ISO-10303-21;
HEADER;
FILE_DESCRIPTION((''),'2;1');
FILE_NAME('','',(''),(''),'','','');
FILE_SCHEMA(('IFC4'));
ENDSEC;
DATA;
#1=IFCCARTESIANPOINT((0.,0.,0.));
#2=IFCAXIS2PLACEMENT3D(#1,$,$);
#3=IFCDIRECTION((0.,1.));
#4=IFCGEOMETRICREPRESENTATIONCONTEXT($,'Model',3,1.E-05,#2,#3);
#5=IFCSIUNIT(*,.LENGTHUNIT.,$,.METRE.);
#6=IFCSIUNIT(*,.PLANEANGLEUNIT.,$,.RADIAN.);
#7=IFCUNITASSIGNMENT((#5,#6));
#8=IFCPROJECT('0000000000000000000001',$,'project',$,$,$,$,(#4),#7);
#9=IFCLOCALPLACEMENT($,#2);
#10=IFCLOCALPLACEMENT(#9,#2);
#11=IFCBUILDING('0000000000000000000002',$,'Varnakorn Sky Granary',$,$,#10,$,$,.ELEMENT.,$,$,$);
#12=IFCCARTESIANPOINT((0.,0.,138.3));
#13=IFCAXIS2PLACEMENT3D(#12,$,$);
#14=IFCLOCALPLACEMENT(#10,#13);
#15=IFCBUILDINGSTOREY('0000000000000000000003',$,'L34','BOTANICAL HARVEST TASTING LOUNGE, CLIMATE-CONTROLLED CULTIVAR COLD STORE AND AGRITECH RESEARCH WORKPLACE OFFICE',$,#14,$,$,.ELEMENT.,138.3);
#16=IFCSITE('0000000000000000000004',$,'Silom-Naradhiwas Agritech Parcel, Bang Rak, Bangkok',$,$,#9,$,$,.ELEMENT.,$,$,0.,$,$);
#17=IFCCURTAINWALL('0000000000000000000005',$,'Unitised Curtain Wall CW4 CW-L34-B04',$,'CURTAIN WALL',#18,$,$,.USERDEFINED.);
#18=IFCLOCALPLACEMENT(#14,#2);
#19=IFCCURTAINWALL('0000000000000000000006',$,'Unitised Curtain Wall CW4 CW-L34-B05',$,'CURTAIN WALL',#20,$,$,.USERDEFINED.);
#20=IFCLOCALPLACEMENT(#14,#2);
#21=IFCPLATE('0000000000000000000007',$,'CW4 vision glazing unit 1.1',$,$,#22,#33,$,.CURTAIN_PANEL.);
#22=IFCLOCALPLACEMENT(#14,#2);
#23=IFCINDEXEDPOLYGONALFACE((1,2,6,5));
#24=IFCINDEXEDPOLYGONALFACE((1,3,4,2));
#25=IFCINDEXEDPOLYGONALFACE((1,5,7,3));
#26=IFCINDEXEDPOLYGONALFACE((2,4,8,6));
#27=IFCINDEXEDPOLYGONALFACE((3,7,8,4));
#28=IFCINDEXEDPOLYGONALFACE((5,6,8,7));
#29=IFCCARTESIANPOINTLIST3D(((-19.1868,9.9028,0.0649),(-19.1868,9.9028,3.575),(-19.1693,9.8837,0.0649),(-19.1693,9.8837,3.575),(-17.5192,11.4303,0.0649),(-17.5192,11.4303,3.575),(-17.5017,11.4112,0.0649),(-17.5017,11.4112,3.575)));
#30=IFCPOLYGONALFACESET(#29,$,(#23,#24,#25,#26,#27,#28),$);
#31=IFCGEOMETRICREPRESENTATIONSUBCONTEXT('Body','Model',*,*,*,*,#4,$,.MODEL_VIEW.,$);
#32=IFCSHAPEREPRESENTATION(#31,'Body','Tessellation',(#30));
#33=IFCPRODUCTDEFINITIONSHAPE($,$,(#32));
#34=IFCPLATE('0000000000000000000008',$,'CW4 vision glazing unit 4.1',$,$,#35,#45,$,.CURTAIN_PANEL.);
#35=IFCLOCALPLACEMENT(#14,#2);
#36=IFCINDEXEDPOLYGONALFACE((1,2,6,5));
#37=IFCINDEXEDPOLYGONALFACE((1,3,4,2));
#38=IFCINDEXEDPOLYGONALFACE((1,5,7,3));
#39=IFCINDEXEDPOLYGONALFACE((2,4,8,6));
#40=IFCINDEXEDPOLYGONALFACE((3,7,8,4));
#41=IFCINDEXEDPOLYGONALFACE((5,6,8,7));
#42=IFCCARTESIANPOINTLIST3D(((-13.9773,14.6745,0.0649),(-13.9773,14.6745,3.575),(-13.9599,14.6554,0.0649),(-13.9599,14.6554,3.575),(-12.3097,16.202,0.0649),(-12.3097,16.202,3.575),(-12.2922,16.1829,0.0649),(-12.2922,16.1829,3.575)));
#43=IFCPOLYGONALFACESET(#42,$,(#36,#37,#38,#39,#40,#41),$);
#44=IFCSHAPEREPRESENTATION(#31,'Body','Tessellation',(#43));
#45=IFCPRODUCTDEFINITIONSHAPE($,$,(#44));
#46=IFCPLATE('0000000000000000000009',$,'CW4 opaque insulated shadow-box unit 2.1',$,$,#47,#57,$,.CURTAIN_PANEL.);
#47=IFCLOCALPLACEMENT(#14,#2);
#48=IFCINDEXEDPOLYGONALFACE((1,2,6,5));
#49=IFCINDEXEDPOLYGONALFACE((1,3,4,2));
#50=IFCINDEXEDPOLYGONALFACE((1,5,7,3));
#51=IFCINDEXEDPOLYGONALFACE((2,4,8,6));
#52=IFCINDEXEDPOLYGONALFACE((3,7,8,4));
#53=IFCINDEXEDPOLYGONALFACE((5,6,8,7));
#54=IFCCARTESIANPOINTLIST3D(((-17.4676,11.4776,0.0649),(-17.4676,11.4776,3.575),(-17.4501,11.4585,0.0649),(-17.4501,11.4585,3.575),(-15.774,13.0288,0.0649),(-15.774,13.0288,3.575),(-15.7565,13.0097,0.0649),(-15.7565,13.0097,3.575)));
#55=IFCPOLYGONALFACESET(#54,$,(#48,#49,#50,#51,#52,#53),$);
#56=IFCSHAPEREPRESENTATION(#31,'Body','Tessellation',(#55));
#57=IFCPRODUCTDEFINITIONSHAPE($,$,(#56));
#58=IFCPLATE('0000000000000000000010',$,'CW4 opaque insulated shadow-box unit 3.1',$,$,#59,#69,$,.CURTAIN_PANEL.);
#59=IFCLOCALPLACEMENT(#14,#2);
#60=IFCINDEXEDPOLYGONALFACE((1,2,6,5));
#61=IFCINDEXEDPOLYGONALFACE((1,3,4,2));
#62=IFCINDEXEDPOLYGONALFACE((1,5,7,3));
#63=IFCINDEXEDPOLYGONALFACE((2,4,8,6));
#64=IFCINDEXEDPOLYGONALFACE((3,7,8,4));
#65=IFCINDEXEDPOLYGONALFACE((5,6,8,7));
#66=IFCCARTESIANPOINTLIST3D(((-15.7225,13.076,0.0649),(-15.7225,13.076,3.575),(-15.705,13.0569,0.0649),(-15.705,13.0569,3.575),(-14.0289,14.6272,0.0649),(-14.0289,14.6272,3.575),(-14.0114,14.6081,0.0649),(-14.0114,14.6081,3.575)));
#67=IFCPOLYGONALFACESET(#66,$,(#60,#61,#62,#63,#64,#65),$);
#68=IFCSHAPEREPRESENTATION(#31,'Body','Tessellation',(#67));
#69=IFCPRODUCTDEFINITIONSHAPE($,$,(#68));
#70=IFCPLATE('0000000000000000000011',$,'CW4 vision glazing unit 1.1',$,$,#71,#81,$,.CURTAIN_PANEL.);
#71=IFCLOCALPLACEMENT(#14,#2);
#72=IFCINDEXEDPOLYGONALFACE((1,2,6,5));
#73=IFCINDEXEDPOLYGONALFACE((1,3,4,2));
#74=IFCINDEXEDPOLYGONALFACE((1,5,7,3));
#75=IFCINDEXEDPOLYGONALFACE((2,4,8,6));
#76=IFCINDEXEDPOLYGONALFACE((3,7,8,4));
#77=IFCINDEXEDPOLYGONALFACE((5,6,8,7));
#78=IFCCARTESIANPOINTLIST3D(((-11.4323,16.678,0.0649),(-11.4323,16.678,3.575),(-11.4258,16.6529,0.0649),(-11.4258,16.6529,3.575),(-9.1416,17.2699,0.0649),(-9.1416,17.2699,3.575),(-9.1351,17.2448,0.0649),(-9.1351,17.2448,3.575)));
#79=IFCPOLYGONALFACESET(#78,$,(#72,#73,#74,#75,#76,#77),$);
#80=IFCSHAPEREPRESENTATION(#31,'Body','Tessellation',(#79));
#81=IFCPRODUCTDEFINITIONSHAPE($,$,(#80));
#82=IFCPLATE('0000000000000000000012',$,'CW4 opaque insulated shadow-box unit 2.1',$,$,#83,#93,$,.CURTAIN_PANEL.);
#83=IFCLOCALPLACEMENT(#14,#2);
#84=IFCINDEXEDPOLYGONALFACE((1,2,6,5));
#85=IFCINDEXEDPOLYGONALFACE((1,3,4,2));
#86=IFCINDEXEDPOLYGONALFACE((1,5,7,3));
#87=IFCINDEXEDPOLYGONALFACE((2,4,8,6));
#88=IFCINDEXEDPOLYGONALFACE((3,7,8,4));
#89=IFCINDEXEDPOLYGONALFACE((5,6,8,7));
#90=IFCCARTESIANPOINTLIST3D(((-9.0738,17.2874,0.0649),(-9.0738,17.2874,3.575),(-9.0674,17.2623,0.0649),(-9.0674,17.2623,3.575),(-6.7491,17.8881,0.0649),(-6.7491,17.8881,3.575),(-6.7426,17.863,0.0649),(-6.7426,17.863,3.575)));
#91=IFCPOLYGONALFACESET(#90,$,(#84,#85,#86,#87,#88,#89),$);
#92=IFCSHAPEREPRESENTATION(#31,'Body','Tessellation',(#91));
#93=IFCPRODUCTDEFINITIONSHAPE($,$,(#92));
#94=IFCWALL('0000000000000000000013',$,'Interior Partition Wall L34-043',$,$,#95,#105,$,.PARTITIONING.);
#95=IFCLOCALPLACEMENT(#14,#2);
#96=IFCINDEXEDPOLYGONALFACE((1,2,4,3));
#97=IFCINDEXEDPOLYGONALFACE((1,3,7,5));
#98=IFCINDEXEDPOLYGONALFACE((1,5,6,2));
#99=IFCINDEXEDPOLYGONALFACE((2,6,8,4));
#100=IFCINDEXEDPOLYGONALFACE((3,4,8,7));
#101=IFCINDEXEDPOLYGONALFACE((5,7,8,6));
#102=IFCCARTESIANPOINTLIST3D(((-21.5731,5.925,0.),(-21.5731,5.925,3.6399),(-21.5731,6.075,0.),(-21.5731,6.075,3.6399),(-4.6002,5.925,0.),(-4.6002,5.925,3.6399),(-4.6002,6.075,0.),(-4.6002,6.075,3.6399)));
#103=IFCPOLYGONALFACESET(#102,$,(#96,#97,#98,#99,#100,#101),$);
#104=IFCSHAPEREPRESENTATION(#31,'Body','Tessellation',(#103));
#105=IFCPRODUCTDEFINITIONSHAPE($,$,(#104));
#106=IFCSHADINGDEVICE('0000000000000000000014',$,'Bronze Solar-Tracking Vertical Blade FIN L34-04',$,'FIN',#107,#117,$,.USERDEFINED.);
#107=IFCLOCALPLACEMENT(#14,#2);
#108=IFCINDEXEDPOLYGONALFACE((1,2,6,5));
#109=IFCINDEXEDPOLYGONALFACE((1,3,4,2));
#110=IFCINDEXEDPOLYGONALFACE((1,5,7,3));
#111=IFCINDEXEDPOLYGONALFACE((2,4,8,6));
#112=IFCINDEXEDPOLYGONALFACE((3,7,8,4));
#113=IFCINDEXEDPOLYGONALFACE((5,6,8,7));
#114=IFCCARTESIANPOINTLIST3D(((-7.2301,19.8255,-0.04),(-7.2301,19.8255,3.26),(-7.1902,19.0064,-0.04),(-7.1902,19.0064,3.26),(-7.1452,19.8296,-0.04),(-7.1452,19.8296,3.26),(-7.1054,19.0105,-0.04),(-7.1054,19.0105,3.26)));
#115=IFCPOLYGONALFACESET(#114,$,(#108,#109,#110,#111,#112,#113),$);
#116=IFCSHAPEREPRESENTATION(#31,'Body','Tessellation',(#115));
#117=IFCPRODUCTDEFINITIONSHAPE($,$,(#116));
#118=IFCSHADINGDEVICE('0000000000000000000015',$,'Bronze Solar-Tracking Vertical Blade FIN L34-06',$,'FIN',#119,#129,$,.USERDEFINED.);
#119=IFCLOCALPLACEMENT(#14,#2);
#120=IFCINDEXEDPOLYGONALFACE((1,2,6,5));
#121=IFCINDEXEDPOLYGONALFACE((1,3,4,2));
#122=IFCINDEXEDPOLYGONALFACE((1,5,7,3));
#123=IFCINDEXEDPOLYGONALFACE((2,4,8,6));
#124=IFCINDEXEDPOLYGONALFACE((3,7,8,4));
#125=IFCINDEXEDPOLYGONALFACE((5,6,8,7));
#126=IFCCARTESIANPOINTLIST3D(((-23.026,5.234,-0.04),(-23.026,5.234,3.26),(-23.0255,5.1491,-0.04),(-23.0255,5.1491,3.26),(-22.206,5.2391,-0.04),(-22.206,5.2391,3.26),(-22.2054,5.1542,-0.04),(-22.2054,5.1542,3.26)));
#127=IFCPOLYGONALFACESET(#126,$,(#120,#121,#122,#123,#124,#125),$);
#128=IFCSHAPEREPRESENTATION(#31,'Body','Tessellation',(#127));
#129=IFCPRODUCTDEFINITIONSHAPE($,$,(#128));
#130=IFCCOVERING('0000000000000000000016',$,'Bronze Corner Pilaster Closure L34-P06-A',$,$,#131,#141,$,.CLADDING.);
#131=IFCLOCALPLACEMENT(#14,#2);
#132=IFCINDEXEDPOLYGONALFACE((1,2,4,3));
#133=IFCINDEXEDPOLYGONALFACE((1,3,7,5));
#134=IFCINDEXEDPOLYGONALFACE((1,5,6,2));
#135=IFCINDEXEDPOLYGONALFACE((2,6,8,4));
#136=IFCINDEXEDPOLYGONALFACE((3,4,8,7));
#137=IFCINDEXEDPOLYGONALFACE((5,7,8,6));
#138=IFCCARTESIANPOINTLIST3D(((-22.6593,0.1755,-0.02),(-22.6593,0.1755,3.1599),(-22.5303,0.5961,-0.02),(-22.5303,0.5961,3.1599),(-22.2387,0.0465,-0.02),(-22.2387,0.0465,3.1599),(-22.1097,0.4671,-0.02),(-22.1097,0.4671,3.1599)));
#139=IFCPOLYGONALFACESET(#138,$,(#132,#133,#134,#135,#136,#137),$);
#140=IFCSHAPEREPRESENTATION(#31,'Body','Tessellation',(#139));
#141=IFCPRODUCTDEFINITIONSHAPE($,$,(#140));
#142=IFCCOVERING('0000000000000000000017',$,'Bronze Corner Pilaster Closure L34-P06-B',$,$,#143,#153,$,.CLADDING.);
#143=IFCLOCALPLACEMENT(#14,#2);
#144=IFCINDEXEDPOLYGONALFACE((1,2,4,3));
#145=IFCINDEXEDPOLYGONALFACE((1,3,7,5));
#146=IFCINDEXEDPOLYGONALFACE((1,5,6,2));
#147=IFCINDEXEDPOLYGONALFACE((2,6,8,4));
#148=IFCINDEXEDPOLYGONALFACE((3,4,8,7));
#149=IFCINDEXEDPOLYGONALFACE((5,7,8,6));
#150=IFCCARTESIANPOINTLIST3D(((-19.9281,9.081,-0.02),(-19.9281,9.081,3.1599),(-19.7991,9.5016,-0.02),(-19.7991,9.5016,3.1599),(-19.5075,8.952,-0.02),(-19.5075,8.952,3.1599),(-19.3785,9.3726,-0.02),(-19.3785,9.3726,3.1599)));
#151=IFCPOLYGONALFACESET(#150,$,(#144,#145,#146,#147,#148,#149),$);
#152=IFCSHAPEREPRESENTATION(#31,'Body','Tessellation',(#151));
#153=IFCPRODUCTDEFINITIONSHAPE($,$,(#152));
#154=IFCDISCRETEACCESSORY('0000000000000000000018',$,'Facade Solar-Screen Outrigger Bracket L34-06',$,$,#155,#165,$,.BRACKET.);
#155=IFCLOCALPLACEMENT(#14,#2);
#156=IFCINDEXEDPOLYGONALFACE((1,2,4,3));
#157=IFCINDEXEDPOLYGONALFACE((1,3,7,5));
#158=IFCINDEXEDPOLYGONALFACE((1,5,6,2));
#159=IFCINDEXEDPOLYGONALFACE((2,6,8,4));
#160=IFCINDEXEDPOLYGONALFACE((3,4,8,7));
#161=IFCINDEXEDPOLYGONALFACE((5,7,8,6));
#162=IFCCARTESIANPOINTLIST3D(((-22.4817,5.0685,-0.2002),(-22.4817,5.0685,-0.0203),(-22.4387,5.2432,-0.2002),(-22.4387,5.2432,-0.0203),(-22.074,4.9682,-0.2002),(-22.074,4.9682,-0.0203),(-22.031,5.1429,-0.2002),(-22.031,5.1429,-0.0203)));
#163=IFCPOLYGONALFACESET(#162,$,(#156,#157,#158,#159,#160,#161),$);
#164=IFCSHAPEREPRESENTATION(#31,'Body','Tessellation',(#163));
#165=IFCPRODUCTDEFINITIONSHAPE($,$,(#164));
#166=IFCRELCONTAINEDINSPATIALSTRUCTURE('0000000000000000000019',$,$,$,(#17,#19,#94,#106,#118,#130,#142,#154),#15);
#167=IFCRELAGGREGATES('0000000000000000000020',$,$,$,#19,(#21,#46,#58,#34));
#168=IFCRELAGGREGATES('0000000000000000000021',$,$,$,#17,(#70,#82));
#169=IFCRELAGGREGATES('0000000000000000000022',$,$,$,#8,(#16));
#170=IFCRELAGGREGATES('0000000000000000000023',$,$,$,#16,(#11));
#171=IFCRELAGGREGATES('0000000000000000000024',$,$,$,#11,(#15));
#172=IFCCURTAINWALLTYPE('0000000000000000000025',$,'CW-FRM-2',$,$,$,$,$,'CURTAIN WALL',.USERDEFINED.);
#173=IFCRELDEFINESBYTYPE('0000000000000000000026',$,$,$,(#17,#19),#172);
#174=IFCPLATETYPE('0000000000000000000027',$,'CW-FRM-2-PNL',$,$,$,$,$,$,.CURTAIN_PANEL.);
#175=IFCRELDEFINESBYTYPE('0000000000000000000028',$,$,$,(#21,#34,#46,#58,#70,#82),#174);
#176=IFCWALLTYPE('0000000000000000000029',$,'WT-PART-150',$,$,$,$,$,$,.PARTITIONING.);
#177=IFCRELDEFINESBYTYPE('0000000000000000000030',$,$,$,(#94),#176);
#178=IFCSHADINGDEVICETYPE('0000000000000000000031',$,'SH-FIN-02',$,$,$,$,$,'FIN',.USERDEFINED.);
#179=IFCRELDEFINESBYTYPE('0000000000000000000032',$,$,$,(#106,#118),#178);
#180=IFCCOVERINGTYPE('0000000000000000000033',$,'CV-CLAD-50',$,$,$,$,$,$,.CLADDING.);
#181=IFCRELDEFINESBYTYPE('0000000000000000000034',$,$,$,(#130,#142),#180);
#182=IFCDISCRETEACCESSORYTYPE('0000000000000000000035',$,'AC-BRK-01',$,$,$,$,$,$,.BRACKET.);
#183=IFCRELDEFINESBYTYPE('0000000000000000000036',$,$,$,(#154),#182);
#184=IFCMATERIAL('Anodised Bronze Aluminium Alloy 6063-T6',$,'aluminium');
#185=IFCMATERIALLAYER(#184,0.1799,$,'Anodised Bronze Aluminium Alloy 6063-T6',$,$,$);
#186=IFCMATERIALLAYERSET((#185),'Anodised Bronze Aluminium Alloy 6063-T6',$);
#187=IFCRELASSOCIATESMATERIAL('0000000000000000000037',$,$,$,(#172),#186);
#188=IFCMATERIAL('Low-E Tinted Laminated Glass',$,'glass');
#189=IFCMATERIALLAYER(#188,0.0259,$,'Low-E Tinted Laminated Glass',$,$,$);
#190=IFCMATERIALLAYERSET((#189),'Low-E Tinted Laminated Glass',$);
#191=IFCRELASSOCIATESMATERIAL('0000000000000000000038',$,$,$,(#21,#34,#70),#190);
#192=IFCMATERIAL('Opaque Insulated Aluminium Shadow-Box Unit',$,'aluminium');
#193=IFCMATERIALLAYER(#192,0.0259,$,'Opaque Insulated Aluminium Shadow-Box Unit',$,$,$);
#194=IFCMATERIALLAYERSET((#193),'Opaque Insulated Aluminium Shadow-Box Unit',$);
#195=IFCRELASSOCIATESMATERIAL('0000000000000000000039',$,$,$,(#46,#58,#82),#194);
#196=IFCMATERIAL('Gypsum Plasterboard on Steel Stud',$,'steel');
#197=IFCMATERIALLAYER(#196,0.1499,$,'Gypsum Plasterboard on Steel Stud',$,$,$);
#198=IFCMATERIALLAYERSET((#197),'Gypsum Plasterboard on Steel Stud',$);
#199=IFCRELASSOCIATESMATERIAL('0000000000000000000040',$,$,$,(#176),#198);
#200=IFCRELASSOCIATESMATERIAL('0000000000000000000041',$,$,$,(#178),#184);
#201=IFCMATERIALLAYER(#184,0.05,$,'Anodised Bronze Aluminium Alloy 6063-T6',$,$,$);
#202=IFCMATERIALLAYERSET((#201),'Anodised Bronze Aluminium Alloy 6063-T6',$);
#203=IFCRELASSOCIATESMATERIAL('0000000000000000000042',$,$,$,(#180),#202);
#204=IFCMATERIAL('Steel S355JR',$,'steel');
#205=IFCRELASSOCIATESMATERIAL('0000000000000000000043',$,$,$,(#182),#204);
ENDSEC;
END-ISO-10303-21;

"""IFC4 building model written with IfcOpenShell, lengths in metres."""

from ifc_helpers import new_model, si_unit, direction, frame, frame_2d, origin, origin_2d, place, context, subcontext, project, spatial, rectangle, extrude, source, transform, mapped, material, layer, layer_set, type_object, type_shapes, element, aggregate, save


model = new_model("IFC4")

# Units and contexts
model_context = context("Model", 3, precision=1e-05, world=origin(), true_north=direction((0.0, 1.0)))
body_context = subcontext(model_context, "Body", "Model", "MODEL_VIEW")
ifc_project = project(units=[si_unit("LENGTHUNIT", "METRE"), si_unit("PLANEANGLEUNIT", "RADIAN")], contexts=[model_context])

# Site, building, storey
site_placement = place(None, origin())
site = spatial("IfcSite", under=ifc_project, at=site_placement, Name="Silom-Naradhiwas Agritech Parcel, Bang Rak, Bangkok", CompositionType="ELEMENT", RefElevation=0.0)
building_placement = place(site_placement, origin())
building = spatial("IfcBuilding", under=site, at=building_placement, Name="Varnakorn Sky Granary", CompositionType="ELEMENT")
storey_placement = place(building_placement, frame((0.0, 0.0, 138.3)))
storey = spatial("IfcBuildingStorey", under=building, at=storey_placement, Name="L34", Description="BOTANICAL HARVEST TASTING LOUNGE, CLIMATE-CONTROLLED CULTIVAR COLD STORE AND AGRITECH RESEARCH WORKPLACE OFFICE", CompositionType="ELEMENT", Elevation=138.3)

# Shared definitions
ifc_material_1 = material(Name="Steel S355JR", Category="steel")

# Curtain walls
ifc_material_2 = material(Name="Anodised Bronze Aluminium Alloy 6063-T6", Category="aluminium")
ifc_layer_1 = layer(ifc_material_2, 0.1799, Name="Anodised Bronze Aluminium Alloy 6063-T6")
ifc_layer_set_1 = layer_set([ifc_layer_1], Name="Anodised Bronze Aluminium Alloy 6063-T6")
curtain_wall_type = type_object("IfcCurtainWallType", Name="CW-FRM-2", ElementType="CURTAIN WALL", PredefinedType="USERDEFINED", material=ifc_layer_set_1)
curtain_wall_1_placement = place(storey_placement, origin())
curtain_wall_1 = element("IfcCurtainWall", 1, at=curtain_wall_1_placement, inside=storey, type_object=curtain_wall_type, Name="Unitised Curtain Wall CW4 CW-L34-B04", ObjectType="CURTAIN WALL", PredefinedType="USERDEFINED")
curtain_wall_2_placement = place(storey_placement, origin())
curtain_wall_2 = element("IfcCurtainWall", 2, at=curtain_wall_2_placement, inside=storey, type_object=curtain_wall_type, Name="Unitised Curtain Wall CW4 CW-L34-B05", ObjectType="CURTAIN WALL", PredefinedType="USERDEFINED")

# Plates
ifc_material_3 = material(Name="Low-E Tinted Laminated Glass", Category="glass")
ifc_layer_2 = layer(ifc_material_3, 0.0259, Name="Low-E Tinted Laminated Glass")
ifc_layer_set_2 = layer_set([ifc_layer_2], Name="Low-E Tinted Laminated Glass")
plate_type = type_object("IfcPlateType", Name="CW-FRM-2-PNL", PredefinedType="CURTAIN_PANEL")
shared_shape_1 = source(origin(), body_context, "Body", "SweptSolid", [
    extrude(rectangle(XDim=2.2615, YDim=0.0259, at=origin_2d()), origin(), (0.0, 0.0, 1.0), 3.51),
])
plate_1_placement = place(storey_placement, frame((-18.3442, 10.657, 0.0649), z_axis=(0.0, 0.0, 1.0), x_axis=(0.737417, 0.675438, 0.0)))
plate_1 = element("IfcPlate", 3, at=plate_1_placement, type_object=plate_type, material=ifc_layer_set_2, Name="CW4 vision glazing unit 1.1", PredefinedType="CURTAIN_PANEL", context=body_context, shape_type="MappedRepresentation", body=[
    mapped(shared_shape_1, transform((0.0, 0.0, 0.0), x_axis=(1.0, 0.0, 0.0), y_axis=(0.0, 1.0, 0.0), z_axis=(0.0, 0.0, 1.0), scale=1.0)),
])
plate_2_placement = place(storey_placement, frame((-13.1348, 15.4287, 0.0649), z_axis=(0.0, 0.0, 1.0), x_axis=(0.737417, 0.675438, 0.0)))
plate_2 = element("IfcPlate", 4, at=plate_2_placement, type_object=plate_type, material=ifc_layer_set_2, Name="CW4 vision glazing unit 4.1", PredefinedType="CURTAIN_PANEL", context=body_context, shape_type="MappedRepresentation", body=[
    mapped(shared_shape_1, transform((0.0, 0.0, 0.0), x_axis=(1.0, 0.0, 0.0), y_axis=(0.0, 1.0, 0.0), z_axis=(0.0, 0.0, 1.0), scale=1.0)),
])
ifc_material_4 = material(Name="Opaque Insulated Aluminium Shadow-Box Unit", Category="aluminium")
ifc_layer_3 = layer(ifc_material_4, 0.0259, Name="Opaque Insulated Aluminium Shadow-Box Unit")
ifc_layer_set_3 = layer_set([ifc_layer_3], Name="Opaque Insulated Aluminium Shadow-Box Unit")
shared_shape_2 = source(origin(), body_context, "Body", "SweptSolid", [
    extrude(rectangle(XDim=2.2966, YDim=0.0259, at=origin_2d()), origin(), (0.0, 0.0, 1.0), 3.51),
])
plate_3_placement = place(storey_placement, frame((-16.6121, 12.2437, 0.0649), z_axis=(0.0, 0.0, 1.0), x_axis=(0.737417, 0.675438, 0.0)))
plate_3 = element("IfcPlate", 5, at=plate_3_placement, type_object=plate_type, material=ifc_layer_set_3, Name="CW4 opaque insulated shadow-box unit 2.1", PredefinedType="CURTAIN_PANEL", context=body_context, shape_type="MappedRepresentation", body=[
    mapped(shared_shape_2, transform((0.0, 0.0, 0.0), x_axis=(1.0, 0.0, 0.0), y_axis=(0.0, 1.0, 0.0), z_axis=(0.0, 0.0, 1.0), scale=1.0)),
])
plate_4_placement = place(storey_placement, frame((-14.8669, 13.842, 0.0649), z_axis=(0.0, 0.0, 1.0), x_axis=(0.737417, 0.675438, 0.0)))
plate_4 = element("IfcPlate", 6, at=plate_4_placement, type_object=plate_type, material=ifc_layer_set_3, Name="CW4 opaque insulated shadow-box unit 3.1", PredefinedType="CURTAIN_PANEL", context=body_context, shape_type="MappedRepresentation", body=[
    mapped(shared_shape_2, transform((0.0, 0.0, 0.0), x_axis=(1.0, 0.0, 0.0), y_axis=(0.0, 1.0, 0.0), z_axis=(0.0, 0.0, 1.0), scale=1.0)),
])
aggregate(curtain_wall_2, [plate_1, plate_3, plate_4, plate_2])
shared_shape_3 = source(origin(), body_context, "Body", "SweptSolid", [
    extrude(rectangle(XDim=2.366, YDim=0.0259, at=origin_2d()), origin(), (0.0, 0.0, 1.0), 3.51),
])
plate_5_placement = place(storey_placement, frame((-10.2837, 16.9614, 0.0649), z_axis=(0.0, 0.0, 1.0), x_axis=(0.968201, 0.250174, 0.0)))
plate_5 = element("IfcPlate", 7, at=plate_5_placement, type_object=plate_type, material=ifc_layer_set_2, Name="CW4 vision glazing unit 1.1", PredefinedType="CURTAIN_PANEL", context=body_context, shape_type="MappedRepresentation", body=[
    mapped(shared_shape_3, transform((0.0, 0.0, 0.0), x_axis=(1.0, 0.0, 0.0), y_axis=(0.0, 1.0, 0.0), z_axis=(0.0, 0.0, 1.0), scale=1.0)),
])
shared_shape_4 = source(origin(), body_context, "Body", "SweptSolid", [
    extrude(rectangle(XDim=2.4011, YDim=0.0259, at=origin_2d()), origin(), (0.0, 0.0, 1.0), 3.51),
])
type_shapes(plate_type, [shared_shape_1, shared_shape_2, shared_shape_3, shared_shape_4])
plate_6_placement = place(storey_placement, frame((-7.9082, 17.5752, 0.0649), z_axis=(0.0, 0.0, 1.0), x_axis=(0.968201, 0.250174, 0.0)))
plate_6 = element("IfcPlate", 8, at=plate_6_placement, type_object=plate_type, material=ifc_layer_set_3, Name="CW4 opaque insulated shadow-box unit 2.1", PredefinedType="CURTAIN_PANEL", context=body_context, shape_type="MappedRepresentation", body=[
    mapped(shared_shape_4, transform((0.0, 0.0, 0.0), x_axis=(1.0, 0.0, 0.0), y_axis=(0.0, 1.0, 0.0), z_axis=(0.0, 0.0, 1.0), scale=1.0)),
])
aggregate(curtain_wall_1, [plate_5, plate_6])

# Wall
ifc_material_5 = material(Name="Gypsum Plasterboard on Steel Stud", Category="steel")
ifc_layer_4 = layer(ifc_material_5, 0.1499, Name="Gypsum Plasterboard on Steel Stud")
ifc_layer_set_4 = layer_set([ifc_layer_4], Name="Gypsum Plasterboard on Steel Stud")
wall_type = type_object("IfcWallType", Name="WT-PART-150", PredefinedType="PARTITIONING", material=ifc_layer_set_4)
wall_placement = place(storey_placement, frame((-21.573, 6.0, 0.0), z_axis=(0.0, 0.0, 1.0), x_axis=(1.0, 0.0, 0.0)))
element("IfcWall", 9, at=wall_placement, inside=storey, type_object=wall_type, Name="Interior Partition Wall L34-043", PredefinedType="PARTITIONING", context=body_context, shape_type="SweptSolid", body=[
    extrude(rectangle(XDim=16.9729, YDim=0.1499, at=frame_2d((8.4863, 0.0))), origin(), (0.0, 0.0, 1.0), 3.6399),
])

# Shading devices
shading_device_type = type_object("IfcShadingDeviceType", Name="SH-FIN-02", ElementType="FIN", PredefinedType="USERDEFINED", material=ifc_material_2)
shared_shape_5 = source(origin(), body_context, "Body", "SweptSolid", [
    extrude(rectangle(XDim=0.085, YDim=0.8201, at=origin_2d()), origin(), (0.0, 0.0, 1.0), 3.3),
])
type_shapes(shading_device_type, [shared_shape_5])
for number, where, z_axis, x_axis, name in (
    (10, (-7.1677, 19.418, -0.04), (0.0, 0.0, 1.0), (-0.99882, -0.048563, 0.0), "Bronze Solar-Tracking Vertical Blade FIN L34-04"),
    (11, (-22.6157, 5.1941, -0.04), (0.0, 0.0, 1.0), (0.006196, -0.999981, 0.0), "Bronze Solar-Tracking Vertical Blade FIN L34-06"),
):
    element("IfcShadingDevice", number, at=place(storey_placement, frame(where, z_axis=z_axis, x_axis=x_axis)), inside=storey, type_object=shading_device_type, Name=name, ObjectType="FIN", PredefinedType="USERDEFINED", context=body_context, shape_type="MappedRepresentation", body=[
        mapped(shared_shape_5, transform((0.0, 0.0, 0.0), x_axis=(1.0, 0.0, 0.0), y_axis=(0.0, 1.0, 0.0), z_axis=(0.0, 0.0, 1.0), scale=1.0)),
    ])

# Coverings
ifc_layer_5 = layer(ifc_material_2, 0.05, Name="Anodised Bronze Aluminium Alloy 6063-T6")
ifc_layer_set_5 = layer_set([ifc_layer_5], Name="Anodised Bronze Aluminium Alloy 6063-T6")
covering_type = type_object("IfcCoveringType", Name="CV-CLAD-50", PredefinedType="CLADDING", material=ifc_layer_set_5)
shared_shape_6 = source(origin(), body_context, "Body", "SweptSolid", [
    extrude(rectangle(XDim=0.4399, YDim=0.4399, at=origin_2d()), origin(), (0.0, 0.0, 1.0), 3.1799),
])
type_shapes(covering_type, [shared_shape_6])
for number, where, z_axis, x_axis, name in (
    (12, (-22.3845, 0.3213, -0.02), (0.0, 0.0, 1.0), (0.293206, 0.956049, 0.0), "Bronze Corner Pilaster Closure L34-P06-A"),
    (13, (-19.6533, 9.2268, -0.02), (0.0, 0.0, 1.0), (0.293206, 0.956049, 0.0), "Bronze Corner Pilaster Closure L34-P06-B"),
):
    element("IfcCovering", number, at=place(storey_placement, frame(where, z_axis=z_axis, x_axis=x_axis)), inside=storey, type_object=covering_type, Name=name, PredefinedType="CLADDING", context=body_context, shape_type="MappedRepresentation", body=[
        mapped(shared_shape_6, transform((0.0, 0.0, 0.0), x_axis=(1.0, 0.0, 0.0), y_axis=(0.0, 1.0, 0.0), z_axis=(0.0, 0.0, 1.0), scale=1.0)),
    ])

# Discrete accessory
discrete_accessory_type = type_object("IfcDiscreteAccessoryType", Name="AC-BRK-01", PredefinedType="BRACKET", material=ifc_material_1)
shared_shape_7 = source(origin(), body_context, "Body", "SweptSolid", [
    extrude(rectangle(XDim=0.1799, YDim=0.4199, at=origin_2d()), origin(), (0.0, 0.0, 1.0), 0.1799),
])
type_shapes(discrete_accessory_type, [shared_shape_7])
discrete_accessory_placement = place(storey_placement, frame((-22.2563, 5.1057, -0.2002), z_axis=(0.0, 0.0, 1.0), x_axis=(-0.23886, -0.971054, 0.0)))
element("IfcDiscreteAccessory", 14, at=discrete_accessory_placement, inside=storey, type_object=discrete_accessory_type, Name="Facade Solar-Screen Outrigger Bracket L34-06", PredefinedType="BRACKET", context=body_context, shape_type="MappedRepresentation", body=[
    mapped(shared_shape_7, transform((0.0, 0.0, 0.0), x_axis=(1.0, 0.0, 0.0), y_axis=(0.0, 1.0, 0.0), z_axis=(0.0, 0.0, 1.0), scale=1.0)),
])

save(model, "model.ifc")
